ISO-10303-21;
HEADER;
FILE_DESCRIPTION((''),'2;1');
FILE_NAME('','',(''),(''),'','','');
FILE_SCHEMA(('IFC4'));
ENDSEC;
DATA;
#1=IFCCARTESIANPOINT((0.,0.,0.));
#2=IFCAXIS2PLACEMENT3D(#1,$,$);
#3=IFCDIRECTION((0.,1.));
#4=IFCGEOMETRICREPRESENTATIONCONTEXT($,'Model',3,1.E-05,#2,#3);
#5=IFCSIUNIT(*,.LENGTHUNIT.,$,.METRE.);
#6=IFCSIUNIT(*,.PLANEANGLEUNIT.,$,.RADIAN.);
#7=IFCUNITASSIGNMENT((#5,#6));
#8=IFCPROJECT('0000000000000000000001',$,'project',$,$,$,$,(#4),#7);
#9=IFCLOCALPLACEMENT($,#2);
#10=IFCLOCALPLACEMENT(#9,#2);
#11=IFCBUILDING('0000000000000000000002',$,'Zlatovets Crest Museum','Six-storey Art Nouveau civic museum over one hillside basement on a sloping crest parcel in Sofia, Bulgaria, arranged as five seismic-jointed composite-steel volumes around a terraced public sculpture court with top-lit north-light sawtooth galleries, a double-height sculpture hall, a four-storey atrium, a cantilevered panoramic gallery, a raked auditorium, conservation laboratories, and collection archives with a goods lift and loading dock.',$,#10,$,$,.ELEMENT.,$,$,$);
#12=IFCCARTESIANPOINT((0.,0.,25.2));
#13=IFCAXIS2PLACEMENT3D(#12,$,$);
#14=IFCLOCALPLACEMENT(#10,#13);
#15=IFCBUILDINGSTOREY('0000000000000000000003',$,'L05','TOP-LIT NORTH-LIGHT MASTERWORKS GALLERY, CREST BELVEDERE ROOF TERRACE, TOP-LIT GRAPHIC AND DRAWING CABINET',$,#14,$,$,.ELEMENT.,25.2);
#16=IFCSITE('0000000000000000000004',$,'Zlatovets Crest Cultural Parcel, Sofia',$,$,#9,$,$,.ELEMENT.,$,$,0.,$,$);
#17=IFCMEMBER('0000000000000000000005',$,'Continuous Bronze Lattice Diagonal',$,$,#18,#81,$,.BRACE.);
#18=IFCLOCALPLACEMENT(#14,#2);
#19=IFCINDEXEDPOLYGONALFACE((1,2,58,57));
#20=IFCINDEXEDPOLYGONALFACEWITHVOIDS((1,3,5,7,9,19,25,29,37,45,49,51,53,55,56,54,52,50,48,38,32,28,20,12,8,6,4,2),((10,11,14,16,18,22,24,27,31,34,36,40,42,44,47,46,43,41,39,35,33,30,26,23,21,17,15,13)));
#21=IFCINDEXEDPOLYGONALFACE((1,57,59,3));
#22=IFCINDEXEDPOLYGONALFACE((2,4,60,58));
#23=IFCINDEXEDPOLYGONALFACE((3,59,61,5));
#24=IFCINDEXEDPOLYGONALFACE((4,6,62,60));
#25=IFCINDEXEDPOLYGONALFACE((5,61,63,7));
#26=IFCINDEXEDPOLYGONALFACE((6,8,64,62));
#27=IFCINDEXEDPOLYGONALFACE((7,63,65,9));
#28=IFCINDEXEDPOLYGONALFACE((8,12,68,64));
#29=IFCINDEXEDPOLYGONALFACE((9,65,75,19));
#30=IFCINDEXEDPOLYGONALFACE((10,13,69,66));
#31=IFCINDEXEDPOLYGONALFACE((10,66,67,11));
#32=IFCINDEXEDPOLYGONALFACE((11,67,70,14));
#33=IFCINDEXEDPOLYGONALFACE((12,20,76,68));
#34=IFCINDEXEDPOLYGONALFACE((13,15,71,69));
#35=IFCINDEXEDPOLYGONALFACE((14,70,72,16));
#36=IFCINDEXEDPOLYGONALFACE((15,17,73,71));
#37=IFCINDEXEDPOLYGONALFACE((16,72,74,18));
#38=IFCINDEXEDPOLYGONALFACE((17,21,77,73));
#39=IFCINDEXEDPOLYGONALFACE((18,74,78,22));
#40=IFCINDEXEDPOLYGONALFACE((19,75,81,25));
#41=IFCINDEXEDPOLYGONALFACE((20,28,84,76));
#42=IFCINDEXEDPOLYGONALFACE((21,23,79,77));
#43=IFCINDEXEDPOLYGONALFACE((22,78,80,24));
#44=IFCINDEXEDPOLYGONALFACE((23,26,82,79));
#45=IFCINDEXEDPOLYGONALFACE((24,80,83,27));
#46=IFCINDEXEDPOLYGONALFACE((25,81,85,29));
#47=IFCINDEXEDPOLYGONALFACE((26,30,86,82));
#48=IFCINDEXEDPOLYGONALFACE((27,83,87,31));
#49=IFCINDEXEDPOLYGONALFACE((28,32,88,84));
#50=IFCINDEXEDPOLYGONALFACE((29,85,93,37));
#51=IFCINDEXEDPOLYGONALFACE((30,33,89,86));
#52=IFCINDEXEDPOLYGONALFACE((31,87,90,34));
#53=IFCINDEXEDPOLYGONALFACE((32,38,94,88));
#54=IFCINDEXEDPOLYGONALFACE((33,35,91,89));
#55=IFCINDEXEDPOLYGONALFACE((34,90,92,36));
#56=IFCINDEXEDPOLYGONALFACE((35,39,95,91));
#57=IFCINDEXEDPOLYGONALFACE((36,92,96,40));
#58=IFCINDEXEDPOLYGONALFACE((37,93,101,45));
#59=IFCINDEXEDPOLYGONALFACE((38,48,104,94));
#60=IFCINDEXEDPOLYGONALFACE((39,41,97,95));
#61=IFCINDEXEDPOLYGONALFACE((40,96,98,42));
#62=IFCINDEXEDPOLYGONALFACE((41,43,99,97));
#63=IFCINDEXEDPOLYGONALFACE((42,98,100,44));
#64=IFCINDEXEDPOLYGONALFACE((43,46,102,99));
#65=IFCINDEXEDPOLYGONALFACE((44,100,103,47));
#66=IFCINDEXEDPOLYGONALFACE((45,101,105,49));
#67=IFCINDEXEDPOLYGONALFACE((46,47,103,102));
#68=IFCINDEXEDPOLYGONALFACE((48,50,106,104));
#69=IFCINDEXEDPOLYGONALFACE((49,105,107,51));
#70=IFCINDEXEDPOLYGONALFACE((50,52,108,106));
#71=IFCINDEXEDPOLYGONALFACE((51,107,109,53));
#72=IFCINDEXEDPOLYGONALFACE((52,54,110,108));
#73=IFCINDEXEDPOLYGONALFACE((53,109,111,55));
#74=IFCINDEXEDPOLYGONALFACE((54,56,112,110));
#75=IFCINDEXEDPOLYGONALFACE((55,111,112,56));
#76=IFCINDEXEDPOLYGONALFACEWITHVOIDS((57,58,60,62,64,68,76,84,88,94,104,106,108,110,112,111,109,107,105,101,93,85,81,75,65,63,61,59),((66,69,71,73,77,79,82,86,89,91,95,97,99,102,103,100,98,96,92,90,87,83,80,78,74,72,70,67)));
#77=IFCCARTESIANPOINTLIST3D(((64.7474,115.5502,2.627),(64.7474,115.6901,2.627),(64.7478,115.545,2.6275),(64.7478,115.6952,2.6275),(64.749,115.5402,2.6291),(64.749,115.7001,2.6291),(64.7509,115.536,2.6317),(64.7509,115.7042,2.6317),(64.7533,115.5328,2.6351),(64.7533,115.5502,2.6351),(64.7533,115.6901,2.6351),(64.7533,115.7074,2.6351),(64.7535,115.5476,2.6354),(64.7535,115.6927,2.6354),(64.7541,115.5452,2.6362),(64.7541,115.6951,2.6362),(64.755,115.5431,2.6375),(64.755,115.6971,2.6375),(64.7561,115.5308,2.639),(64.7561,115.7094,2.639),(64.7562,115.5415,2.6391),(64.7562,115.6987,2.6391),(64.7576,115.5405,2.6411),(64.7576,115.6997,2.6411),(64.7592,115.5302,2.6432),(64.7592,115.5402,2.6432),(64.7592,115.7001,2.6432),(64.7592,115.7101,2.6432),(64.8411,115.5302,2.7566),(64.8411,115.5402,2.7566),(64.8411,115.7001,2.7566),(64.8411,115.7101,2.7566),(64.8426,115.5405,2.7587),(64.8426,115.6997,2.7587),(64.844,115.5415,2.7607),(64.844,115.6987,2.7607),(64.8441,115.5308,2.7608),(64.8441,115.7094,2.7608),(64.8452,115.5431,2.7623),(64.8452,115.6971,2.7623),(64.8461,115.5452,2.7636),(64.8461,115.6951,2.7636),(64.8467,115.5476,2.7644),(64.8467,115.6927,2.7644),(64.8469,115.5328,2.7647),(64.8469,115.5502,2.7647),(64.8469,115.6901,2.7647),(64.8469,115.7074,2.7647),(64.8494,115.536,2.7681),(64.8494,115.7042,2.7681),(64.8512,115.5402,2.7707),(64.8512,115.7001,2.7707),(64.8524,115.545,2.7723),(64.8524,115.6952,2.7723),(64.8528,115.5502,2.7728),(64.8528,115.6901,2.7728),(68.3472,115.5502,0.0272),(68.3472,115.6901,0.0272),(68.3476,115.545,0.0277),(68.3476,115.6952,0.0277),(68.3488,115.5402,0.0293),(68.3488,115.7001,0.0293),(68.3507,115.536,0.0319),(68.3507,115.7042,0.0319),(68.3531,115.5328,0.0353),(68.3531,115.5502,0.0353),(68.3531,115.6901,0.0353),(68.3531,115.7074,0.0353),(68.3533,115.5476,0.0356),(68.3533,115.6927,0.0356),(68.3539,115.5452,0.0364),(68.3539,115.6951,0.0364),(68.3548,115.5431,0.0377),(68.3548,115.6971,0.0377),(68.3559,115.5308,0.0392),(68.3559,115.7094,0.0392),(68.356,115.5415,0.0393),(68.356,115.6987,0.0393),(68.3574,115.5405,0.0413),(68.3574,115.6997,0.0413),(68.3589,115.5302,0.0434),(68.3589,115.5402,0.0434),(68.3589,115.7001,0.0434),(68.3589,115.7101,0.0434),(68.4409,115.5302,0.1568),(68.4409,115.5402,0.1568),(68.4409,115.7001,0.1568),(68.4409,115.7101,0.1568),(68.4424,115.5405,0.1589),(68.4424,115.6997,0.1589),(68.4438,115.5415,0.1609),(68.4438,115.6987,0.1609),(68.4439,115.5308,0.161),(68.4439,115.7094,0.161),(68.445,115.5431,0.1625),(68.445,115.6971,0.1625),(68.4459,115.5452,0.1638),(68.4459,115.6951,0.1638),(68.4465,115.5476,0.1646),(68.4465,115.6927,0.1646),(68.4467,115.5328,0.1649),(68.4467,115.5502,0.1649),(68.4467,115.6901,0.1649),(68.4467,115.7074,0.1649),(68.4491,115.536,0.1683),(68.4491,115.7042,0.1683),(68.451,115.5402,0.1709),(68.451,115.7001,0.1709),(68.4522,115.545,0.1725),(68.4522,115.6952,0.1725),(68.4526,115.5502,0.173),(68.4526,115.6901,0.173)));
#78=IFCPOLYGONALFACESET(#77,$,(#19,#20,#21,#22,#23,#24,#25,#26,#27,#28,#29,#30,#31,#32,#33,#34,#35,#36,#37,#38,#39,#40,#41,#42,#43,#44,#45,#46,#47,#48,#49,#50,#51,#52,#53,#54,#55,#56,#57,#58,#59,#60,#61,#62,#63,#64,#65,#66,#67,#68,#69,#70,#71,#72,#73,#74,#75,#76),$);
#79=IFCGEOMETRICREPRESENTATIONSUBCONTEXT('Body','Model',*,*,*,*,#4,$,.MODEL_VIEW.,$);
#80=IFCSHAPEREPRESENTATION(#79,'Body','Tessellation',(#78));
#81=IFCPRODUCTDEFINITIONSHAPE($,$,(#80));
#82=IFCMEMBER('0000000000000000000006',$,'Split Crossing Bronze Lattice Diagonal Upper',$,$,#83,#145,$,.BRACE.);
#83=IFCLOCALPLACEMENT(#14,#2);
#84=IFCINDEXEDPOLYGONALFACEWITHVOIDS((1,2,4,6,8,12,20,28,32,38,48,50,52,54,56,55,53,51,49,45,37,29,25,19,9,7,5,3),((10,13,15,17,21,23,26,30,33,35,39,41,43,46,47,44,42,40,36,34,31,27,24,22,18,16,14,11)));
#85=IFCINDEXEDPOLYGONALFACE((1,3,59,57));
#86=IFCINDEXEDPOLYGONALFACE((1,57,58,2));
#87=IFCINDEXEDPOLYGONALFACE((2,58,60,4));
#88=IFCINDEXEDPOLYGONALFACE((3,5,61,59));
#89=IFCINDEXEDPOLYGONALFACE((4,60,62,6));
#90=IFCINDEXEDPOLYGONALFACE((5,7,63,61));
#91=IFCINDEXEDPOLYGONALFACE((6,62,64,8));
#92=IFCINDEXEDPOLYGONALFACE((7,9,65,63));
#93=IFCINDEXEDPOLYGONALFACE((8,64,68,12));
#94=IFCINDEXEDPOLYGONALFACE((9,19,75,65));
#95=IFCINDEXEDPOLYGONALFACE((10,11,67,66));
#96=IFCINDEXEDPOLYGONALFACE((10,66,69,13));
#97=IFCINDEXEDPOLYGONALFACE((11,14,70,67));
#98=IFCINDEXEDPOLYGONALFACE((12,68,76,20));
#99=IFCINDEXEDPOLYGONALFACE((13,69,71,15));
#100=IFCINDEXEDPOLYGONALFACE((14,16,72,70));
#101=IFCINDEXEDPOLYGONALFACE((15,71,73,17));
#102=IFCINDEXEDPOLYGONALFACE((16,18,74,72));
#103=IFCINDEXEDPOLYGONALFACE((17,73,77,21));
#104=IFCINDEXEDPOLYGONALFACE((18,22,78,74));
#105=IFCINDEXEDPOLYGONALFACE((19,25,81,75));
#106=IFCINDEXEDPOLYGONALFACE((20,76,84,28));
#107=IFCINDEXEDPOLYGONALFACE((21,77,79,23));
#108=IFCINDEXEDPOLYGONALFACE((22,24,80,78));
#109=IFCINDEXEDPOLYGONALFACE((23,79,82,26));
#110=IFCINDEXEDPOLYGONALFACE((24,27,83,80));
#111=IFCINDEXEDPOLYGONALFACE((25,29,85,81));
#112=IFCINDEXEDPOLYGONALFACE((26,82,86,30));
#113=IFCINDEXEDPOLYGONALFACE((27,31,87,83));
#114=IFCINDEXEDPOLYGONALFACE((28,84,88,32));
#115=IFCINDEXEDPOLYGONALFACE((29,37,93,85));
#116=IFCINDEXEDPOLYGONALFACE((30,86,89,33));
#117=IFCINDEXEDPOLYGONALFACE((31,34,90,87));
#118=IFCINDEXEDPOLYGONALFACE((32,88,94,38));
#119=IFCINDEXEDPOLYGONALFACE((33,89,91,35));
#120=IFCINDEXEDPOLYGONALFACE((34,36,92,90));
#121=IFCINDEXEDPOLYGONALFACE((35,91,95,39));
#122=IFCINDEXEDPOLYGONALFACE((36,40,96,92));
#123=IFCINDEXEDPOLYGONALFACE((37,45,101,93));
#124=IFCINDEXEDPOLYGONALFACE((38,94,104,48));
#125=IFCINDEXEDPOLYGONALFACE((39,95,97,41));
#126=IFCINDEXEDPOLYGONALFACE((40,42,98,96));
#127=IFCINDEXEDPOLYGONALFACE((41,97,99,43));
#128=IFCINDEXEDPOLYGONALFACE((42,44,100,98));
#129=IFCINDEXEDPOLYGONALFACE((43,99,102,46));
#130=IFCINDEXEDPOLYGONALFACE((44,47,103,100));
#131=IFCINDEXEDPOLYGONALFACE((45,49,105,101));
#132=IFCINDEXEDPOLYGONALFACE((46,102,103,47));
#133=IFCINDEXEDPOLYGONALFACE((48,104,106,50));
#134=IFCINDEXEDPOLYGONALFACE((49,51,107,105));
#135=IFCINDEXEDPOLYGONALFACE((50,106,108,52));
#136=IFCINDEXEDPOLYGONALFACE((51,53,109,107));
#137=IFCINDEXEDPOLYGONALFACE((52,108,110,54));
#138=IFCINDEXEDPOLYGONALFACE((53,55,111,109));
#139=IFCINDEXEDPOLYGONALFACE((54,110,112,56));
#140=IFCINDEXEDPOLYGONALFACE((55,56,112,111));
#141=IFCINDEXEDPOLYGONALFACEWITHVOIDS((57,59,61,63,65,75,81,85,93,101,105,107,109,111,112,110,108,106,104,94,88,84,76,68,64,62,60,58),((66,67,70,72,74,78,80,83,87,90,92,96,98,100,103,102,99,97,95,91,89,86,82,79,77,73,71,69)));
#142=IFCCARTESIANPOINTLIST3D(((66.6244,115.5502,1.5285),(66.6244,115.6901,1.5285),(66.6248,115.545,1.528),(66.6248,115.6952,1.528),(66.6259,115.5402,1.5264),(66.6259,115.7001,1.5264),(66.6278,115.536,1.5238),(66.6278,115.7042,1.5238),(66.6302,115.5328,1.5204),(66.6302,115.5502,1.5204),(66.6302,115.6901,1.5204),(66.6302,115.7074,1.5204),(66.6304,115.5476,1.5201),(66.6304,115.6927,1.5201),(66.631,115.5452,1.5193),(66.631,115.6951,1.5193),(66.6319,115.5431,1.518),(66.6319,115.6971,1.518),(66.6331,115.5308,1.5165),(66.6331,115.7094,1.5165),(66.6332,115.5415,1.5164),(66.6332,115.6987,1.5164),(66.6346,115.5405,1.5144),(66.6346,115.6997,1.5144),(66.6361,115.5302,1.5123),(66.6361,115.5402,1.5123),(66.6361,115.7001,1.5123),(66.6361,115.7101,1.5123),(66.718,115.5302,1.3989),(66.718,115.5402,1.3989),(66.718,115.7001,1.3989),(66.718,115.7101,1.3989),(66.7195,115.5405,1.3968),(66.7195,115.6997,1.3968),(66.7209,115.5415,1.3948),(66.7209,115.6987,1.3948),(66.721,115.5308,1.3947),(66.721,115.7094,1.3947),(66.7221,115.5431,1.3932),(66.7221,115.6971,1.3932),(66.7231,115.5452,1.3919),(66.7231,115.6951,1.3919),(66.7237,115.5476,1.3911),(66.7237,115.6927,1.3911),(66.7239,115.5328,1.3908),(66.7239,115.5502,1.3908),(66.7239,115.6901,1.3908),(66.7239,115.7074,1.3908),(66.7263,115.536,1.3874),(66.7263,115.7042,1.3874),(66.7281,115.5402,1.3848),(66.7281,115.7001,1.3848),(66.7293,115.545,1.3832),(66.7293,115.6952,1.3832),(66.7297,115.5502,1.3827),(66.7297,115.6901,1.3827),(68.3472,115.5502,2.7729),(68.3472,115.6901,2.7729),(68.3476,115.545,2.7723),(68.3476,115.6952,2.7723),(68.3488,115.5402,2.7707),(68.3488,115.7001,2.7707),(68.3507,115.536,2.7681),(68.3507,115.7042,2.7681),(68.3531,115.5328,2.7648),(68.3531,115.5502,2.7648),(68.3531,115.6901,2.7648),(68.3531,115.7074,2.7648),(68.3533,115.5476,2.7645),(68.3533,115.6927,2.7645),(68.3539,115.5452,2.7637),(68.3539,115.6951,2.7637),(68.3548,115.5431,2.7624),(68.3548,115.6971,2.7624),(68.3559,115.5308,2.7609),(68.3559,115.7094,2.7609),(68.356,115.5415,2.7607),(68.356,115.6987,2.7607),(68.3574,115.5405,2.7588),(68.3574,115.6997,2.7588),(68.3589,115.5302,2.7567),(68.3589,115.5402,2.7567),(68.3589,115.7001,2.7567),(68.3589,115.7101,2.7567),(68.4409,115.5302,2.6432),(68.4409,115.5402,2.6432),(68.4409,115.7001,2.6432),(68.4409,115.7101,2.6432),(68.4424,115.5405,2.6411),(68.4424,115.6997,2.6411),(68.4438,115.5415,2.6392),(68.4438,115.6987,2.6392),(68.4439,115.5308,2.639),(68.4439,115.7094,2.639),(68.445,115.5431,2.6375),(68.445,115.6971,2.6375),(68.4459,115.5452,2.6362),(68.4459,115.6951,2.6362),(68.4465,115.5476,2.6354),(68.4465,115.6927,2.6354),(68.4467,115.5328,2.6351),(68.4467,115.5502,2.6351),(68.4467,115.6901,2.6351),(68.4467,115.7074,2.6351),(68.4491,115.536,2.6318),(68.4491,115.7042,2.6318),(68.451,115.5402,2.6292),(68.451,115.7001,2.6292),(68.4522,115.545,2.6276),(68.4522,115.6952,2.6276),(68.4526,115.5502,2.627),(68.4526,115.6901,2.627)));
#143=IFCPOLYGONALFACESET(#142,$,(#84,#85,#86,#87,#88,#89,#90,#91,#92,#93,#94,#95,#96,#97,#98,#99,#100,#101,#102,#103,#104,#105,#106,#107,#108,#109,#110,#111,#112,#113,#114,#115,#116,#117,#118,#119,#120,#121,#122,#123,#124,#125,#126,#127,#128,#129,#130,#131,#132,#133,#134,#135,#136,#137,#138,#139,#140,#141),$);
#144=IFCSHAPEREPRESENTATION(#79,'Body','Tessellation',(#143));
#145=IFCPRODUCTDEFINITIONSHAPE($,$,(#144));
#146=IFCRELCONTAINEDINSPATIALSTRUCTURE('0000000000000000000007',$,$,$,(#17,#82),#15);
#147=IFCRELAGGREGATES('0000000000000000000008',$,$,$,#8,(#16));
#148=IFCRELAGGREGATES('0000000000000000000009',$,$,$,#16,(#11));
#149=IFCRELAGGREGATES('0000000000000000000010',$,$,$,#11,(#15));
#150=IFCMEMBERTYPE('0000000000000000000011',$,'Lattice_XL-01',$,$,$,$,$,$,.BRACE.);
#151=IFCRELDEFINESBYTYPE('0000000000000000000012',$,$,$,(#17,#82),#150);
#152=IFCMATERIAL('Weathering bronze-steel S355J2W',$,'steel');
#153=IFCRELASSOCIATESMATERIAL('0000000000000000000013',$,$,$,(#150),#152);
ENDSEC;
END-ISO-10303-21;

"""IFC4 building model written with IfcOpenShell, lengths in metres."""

from ifc_helpers import new_model, si_unit, direction, frame, origin, origin_2d, place, context, subcontext, project, spatial, hollow_rectangle, extrude, material, material_profile, profile_set, type_object, element, save


model = new_model("IFC4")

# Units and contexts
model_context = context("Model", 3, precision=1e-05, world=origin(), true_north=direction((0.0, 1.0)))
body_context = subcontext(model_context, "Body", "Model", "MODEL_VIEW")
ifc_project = project(units=[si_unit("LENGTHUNIT", "METRE"), si_unit("PLANEANGLEUNIT", "RADIAN")], contexts=[model_context])

# Site, building, storey
site_placement = place(None, origin())
site = spatial("IfcSite", under=ifc_project, at=site_placement, Name="Zlatovets Crest Cultural Parcel, Sofia", CompositionType="ELEMENT", RefElevation=0.0)
building_placement = place(site_placement, origin())
building = spatial("IfcBuilding", under=site, at=building_placement, Name="Zlatovets Crest Museum", Description="Six-storey Art Nouveau civic museum over one hillside basement on a sloping crest parcel in Sofia, Bulgaria, arranged as five seismic-jointed composite-steel volumes around a terraced public sculpture court with top-lit north-light sawtooth galleries, a double-height sculpture hall, a four-storey atrium, a cantilevered panoramic gallery, a raked auditorium, conservation laboratories, and collection archives with a goods lift and loading dock.", CompositionType="ELEMENT")
storey_placement = place(building_placement, frame((0.0, 0.0, 25.2)))
storey = spatial("IfcBuildingStorey", under=building, at=storey_placement, Name="L05", Description="TOP-LIT NORTH-LIGHT MASTERWORKS GALLERY, CREST BELVEDERE ROOF TERRACE, TOP-LIT GRAPHIC AND DRAWING CABINET", CompositionType="ELEMENT", Elevation=25.2)

# Members
ifc_material_1 = material(Name="Weathering bronze-steel S355J2W", Category="steel")
ifc_material_profile_1 = material_profile(ifc_material_1, hollow_rectangle(XDim=0.1799, YDim=0.1799, WallThickness=0.01, InnerFilletRadius=0.01, OuterFilletRadius=0.02, at=origin_2d()), Name="SHS 180x180x10.0")
ifc_profile_set_1 = profile_set([ifc_material_profile_1], Name="Weathering bronze-steel S355J2W")
member_type_1 = type_object("IfcMemberType", Name="Lattice_XL-01", PredefinedType="BRACE", material=ifc_profile_set_1)
member_1_placement = place(storey_placement, frame((68.3999, 115.6201, 0.1001), z_axis=(-0.810684, 0.0, 0.585485), x_axis=(0.0, -1.0, 0.0)))
element("IfcMember", 1, at=member_1_placement, inside=storey, type_object=member_type_1, Name="Continuous Bronze Lattice Diagonal", PredefinedType="BRACE", context=body_context, shape_type="SweptSolid", body=[
    extrude(hollow_rectangle(XDim=0.1799, YDim=0.1799, WallThickness=0.01, InnerFilletRadius=0.01, OuterFilletRadius=0.02, at=origin_2d()), origin(), (0.0, 0.0, 1.0), 4.4404),
])
for number, where, z_axis, x_axis, name in (
    (2, (68.3999, 115.6201, 2.7), (-0.810664, 0.0, -0.585512), (0.0, -1.0, 0.0), "Split Crossing Bronze Lattice Diagonal Upper"),
):
    element("IfcMember", number, at=place(storey_placement, frame(where, z_axis=z_axis, x_axis=x_axis)), inside=storey, type_object=member_type_1, Name=name, PredefinedType="BRACE", context=body_context, shape_type="SweptSolid", body=[
        extrude(hollow_rectangle(XDim=0.1799, YDim=0.1799, WallThickness=0.01, InnerFilletRadius=0.01, OuterFilletRadius=0.02, at=origin_2d()), origin(), (0.0, 0.0, 1.0), 2.1252),
    ])

save(model, "model.ifc")
